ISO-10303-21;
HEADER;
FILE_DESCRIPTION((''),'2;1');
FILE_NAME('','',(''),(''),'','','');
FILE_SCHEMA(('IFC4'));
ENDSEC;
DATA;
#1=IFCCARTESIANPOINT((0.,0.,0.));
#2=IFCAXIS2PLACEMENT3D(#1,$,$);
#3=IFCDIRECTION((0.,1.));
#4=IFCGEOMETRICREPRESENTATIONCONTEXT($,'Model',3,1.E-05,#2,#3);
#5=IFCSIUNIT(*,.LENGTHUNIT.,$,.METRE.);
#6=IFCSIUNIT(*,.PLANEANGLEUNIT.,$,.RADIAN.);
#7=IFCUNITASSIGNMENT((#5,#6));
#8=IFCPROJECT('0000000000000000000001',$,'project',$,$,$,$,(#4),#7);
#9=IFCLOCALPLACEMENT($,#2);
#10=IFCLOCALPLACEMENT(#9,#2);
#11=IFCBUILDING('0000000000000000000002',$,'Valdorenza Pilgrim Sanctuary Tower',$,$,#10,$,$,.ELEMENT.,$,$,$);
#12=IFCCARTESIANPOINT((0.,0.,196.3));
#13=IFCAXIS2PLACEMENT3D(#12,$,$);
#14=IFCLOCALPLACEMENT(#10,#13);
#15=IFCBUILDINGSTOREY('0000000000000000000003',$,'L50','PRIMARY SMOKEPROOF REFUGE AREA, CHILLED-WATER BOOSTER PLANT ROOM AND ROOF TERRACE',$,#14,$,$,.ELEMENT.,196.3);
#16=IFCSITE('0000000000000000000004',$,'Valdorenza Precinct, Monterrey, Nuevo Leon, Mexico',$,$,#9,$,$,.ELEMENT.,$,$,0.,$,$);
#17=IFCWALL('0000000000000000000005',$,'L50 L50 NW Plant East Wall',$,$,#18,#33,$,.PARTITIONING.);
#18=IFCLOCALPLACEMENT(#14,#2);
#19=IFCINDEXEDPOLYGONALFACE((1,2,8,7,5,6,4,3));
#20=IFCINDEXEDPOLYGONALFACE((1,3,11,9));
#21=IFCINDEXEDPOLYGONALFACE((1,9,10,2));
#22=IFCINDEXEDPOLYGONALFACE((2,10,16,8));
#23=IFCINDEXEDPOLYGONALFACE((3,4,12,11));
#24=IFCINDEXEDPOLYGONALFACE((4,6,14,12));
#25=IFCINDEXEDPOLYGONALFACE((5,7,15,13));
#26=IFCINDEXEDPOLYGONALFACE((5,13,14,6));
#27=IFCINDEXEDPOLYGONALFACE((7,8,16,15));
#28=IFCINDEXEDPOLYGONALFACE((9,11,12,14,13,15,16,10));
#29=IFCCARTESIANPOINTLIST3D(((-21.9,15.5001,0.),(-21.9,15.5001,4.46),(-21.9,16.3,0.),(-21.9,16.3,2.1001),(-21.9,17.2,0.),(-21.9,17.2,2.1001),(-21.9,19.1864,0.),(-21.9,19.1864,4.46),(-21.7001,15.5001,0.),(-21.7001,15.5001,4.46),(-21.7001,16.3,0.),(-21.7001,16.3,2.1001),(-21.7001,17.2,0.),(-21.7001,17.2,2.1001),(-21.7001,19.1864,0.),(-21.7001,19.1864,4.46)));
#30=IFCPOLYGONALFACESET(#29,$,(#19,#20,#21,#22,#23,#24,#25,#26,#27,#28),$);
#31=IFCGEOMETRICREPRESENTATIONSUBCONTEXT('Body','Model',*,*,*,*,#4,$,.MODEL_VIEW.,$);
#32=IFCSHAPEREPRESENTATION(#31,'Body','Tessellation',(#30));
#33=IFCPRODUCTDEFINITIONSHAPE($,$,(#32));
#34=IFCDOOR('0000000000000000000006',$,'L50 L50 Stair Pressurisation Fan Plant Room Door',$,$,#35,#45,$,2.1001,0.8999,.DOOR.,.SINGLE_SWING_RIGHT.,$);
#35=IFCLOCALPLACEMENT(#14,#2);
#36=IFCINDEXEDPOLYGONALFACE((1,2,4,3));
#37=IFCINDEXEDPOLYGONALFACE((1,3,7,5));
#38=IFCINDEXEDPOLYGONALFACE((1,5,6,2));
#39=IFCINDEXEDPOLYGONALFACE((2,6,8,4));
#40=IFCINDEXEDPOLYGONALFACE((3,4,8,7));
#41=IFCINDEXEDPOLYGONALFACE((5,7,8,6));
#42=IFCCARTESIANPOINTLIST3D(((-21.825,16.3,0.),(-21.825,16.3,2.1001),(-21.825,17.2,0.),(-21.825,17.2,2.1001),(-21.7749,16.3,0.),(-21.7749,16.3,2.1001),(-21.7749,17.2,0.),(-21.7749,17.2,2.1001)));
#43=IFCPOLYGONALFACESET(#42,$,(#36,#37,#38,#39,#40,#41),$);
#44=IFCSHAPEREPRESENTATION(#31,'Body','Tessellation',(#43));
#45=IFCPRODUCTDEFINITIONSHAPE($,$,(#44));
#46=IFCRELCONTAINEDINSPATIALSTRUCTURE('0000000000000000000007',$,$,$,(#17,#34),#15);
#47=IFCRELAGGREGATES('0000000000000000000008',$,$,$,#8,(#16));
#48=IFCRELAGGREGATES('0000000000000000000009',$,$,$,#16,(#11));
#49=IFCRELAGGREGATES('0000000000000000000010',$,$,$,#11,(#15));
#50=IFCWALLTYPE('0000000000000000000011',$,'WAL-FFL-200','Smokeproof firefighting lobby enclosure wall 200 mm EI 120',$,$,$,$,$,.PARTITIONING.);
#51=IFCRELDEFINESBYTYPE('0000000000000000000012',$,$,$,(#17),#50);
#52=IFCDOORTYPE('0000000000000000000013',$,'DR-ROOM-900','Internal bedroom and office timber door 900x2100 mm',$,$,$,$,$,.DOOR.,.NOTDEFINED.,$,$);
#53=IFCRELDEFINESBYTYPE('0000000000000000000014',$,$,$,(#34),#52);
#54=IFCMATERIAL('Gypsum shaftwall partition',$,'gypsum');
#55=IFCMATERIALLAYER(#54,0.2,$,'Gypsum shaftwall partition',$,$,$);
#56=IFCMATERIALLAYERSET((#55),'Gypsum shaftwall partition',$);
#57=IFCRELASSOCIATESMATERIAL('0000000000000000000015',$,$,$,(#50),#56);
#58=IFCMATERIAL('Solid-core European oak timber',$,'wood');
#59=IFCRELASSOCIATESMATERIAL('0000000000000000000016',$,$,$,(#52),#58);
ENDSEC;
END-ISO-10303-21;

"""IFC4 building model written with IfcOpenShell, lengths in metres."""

from ifc_helpers import new_model, si_unit, direction, frame, frame_2d, origin, place, context, subcontext, project, spatial, rectangle, extrude, material, layer, layer_set, type_object, element, fill, save


model = new_model("IFC4")

# Units and contexts
model_context = context("Model", 3, precision=1e-05, world=origin(), true_north=direction((0.0, 1.0)))
body_context = subcontext(model_context, "Body", "Model", "MODEL_VIEW")
ifc_project = project(units=[si_unit("LENGTHUNIT", "METRE"), si_unit("PLANEANGLEUNIT", "RADIAN")], contexts=[model_context])

# Site, building, storey
site_placement = place(None, origin())
site = spatial("IfcSite", under=ifc_project, at=site_placement, Name="Valdorenza Precinct, Monterrey, Nuevo Leon, Mexico", CompositionType="ELEMENT", RefElevation=0.0)
building_placement = place(site_placement, origin())
building = spatial("IfcBuilding", under=site, at=building_placement, Name="Valdorenza Pilgrim Sanctuary Tower", CompositionType="ELEMENT")
storey_placement = place(building_placement, frame((0.0, 0.0, 196.3)))
storey = spatial("IfcBuildingStorey", under=building, at=storey_placement, Name="L50", Description="PRIMARY SMOKEPROOF REFUGE AREA, CHILLED-WATER BOOSTER PLANT ROOM AND ROOF TERRACE", CompositionType="ELEMENT", Elevation=196.3)

# Shared definitions
ifc_material_1 = material(Name="Gypsum shaftwall partition", Category="gypsum")
ifc_layer_1 = layer(ifc_material_1, 0.2, Name="Gypsum shaftwall partition")
ifc_layer_set_1 = layer_set([ifc_layer_1], Name="Gypsum shaftwall partition")
wall_type_1 = type_object("IfcWallType", Name="WAL-FFL-200", Description="Smokeproof firefighting lobby enclosure wall 200 mm EI 120", PredefinedType="PARTITIONING", material=ifc_layer_set_1)

# Wall, opening, door
wall_1_placement = place(storey_placement, frame((-21.8, 15.5, 0.0), z_axis=(0.0, 0.0, 1.0), x_axis=(0.0, 1.0, 0.0)))
wall_1 = element("IfcWall", 1, at=wall_1_placement, inside=storey, type_object=wall_type_1, Name="L50 L50 NW Plant East Wall", PredefinedType="PARTITIONING", context=body_context, shape_type="SweptSolid", body=[
    extrude(rectangle(XDim=3.6863, YDim=0.2, at=frame_2d((1.8433, 0.0))), origin(), (0.0, 0.0, 1.0), 4.46),
])
opening_placement = place(wall_1_placement, frame((0.8, 0.0, 0.0)))
opening = element("IfcOpeningElement", 2, at=opening_placement, cuts=wall_1, PredefinedType="OPENING", context=body_context, shape_type="SweptSolid", body=[
    extrude(rectangle(XDim=0.8999, YDim=2.1001, at=frame_2d((0.45, 1.05))), frame((0.0, 0.1147, 0.0), z_axis=(0.0, -1.0, 0.0), x_axis=(1.0, 0.0, 0.0)), (0.0, 0.0, 1.0), 0.2297),
])
ifc_material_2 = material(Name="Solid-core European oak timber", Category="wood")
door_type = type_object("IfcDoorType", Name="DR-ROOM-900", Description="Internal bedroom and office timber door 900x2100 mm", OperationType="NOTDEFINED", PredefinedType="DOOR", material=ifc_material_2)
door_placement = place(opening_placement, origin())
door = element("IfcDoor", 3, at=door_placement, inside=storey, type_object=door_type, Name="L50 L50 Stair Pressurisation Fan Plant Room Door", OperationType="SINGLE_SWING_RIGHT", OverallHeight=2.1001, OverallWidth=0.8999, PredefinedType="DOOR", context=body_context, shape_type="SweptSolid", body=[
    extrude(rectangle(XDim=0.8999, YDim=2.1001, at=frame_2d((0.45, 1.05))), frame((0.0, 0.0249, 0.0), z_axis=(0.0, -1.0, 0.0), x_axis=(1.0, 0.0, 0.0)), (0.0, 0.0, 1.0), 0.05),
])
fill(opening, door)

save(model, "model.ifc")
